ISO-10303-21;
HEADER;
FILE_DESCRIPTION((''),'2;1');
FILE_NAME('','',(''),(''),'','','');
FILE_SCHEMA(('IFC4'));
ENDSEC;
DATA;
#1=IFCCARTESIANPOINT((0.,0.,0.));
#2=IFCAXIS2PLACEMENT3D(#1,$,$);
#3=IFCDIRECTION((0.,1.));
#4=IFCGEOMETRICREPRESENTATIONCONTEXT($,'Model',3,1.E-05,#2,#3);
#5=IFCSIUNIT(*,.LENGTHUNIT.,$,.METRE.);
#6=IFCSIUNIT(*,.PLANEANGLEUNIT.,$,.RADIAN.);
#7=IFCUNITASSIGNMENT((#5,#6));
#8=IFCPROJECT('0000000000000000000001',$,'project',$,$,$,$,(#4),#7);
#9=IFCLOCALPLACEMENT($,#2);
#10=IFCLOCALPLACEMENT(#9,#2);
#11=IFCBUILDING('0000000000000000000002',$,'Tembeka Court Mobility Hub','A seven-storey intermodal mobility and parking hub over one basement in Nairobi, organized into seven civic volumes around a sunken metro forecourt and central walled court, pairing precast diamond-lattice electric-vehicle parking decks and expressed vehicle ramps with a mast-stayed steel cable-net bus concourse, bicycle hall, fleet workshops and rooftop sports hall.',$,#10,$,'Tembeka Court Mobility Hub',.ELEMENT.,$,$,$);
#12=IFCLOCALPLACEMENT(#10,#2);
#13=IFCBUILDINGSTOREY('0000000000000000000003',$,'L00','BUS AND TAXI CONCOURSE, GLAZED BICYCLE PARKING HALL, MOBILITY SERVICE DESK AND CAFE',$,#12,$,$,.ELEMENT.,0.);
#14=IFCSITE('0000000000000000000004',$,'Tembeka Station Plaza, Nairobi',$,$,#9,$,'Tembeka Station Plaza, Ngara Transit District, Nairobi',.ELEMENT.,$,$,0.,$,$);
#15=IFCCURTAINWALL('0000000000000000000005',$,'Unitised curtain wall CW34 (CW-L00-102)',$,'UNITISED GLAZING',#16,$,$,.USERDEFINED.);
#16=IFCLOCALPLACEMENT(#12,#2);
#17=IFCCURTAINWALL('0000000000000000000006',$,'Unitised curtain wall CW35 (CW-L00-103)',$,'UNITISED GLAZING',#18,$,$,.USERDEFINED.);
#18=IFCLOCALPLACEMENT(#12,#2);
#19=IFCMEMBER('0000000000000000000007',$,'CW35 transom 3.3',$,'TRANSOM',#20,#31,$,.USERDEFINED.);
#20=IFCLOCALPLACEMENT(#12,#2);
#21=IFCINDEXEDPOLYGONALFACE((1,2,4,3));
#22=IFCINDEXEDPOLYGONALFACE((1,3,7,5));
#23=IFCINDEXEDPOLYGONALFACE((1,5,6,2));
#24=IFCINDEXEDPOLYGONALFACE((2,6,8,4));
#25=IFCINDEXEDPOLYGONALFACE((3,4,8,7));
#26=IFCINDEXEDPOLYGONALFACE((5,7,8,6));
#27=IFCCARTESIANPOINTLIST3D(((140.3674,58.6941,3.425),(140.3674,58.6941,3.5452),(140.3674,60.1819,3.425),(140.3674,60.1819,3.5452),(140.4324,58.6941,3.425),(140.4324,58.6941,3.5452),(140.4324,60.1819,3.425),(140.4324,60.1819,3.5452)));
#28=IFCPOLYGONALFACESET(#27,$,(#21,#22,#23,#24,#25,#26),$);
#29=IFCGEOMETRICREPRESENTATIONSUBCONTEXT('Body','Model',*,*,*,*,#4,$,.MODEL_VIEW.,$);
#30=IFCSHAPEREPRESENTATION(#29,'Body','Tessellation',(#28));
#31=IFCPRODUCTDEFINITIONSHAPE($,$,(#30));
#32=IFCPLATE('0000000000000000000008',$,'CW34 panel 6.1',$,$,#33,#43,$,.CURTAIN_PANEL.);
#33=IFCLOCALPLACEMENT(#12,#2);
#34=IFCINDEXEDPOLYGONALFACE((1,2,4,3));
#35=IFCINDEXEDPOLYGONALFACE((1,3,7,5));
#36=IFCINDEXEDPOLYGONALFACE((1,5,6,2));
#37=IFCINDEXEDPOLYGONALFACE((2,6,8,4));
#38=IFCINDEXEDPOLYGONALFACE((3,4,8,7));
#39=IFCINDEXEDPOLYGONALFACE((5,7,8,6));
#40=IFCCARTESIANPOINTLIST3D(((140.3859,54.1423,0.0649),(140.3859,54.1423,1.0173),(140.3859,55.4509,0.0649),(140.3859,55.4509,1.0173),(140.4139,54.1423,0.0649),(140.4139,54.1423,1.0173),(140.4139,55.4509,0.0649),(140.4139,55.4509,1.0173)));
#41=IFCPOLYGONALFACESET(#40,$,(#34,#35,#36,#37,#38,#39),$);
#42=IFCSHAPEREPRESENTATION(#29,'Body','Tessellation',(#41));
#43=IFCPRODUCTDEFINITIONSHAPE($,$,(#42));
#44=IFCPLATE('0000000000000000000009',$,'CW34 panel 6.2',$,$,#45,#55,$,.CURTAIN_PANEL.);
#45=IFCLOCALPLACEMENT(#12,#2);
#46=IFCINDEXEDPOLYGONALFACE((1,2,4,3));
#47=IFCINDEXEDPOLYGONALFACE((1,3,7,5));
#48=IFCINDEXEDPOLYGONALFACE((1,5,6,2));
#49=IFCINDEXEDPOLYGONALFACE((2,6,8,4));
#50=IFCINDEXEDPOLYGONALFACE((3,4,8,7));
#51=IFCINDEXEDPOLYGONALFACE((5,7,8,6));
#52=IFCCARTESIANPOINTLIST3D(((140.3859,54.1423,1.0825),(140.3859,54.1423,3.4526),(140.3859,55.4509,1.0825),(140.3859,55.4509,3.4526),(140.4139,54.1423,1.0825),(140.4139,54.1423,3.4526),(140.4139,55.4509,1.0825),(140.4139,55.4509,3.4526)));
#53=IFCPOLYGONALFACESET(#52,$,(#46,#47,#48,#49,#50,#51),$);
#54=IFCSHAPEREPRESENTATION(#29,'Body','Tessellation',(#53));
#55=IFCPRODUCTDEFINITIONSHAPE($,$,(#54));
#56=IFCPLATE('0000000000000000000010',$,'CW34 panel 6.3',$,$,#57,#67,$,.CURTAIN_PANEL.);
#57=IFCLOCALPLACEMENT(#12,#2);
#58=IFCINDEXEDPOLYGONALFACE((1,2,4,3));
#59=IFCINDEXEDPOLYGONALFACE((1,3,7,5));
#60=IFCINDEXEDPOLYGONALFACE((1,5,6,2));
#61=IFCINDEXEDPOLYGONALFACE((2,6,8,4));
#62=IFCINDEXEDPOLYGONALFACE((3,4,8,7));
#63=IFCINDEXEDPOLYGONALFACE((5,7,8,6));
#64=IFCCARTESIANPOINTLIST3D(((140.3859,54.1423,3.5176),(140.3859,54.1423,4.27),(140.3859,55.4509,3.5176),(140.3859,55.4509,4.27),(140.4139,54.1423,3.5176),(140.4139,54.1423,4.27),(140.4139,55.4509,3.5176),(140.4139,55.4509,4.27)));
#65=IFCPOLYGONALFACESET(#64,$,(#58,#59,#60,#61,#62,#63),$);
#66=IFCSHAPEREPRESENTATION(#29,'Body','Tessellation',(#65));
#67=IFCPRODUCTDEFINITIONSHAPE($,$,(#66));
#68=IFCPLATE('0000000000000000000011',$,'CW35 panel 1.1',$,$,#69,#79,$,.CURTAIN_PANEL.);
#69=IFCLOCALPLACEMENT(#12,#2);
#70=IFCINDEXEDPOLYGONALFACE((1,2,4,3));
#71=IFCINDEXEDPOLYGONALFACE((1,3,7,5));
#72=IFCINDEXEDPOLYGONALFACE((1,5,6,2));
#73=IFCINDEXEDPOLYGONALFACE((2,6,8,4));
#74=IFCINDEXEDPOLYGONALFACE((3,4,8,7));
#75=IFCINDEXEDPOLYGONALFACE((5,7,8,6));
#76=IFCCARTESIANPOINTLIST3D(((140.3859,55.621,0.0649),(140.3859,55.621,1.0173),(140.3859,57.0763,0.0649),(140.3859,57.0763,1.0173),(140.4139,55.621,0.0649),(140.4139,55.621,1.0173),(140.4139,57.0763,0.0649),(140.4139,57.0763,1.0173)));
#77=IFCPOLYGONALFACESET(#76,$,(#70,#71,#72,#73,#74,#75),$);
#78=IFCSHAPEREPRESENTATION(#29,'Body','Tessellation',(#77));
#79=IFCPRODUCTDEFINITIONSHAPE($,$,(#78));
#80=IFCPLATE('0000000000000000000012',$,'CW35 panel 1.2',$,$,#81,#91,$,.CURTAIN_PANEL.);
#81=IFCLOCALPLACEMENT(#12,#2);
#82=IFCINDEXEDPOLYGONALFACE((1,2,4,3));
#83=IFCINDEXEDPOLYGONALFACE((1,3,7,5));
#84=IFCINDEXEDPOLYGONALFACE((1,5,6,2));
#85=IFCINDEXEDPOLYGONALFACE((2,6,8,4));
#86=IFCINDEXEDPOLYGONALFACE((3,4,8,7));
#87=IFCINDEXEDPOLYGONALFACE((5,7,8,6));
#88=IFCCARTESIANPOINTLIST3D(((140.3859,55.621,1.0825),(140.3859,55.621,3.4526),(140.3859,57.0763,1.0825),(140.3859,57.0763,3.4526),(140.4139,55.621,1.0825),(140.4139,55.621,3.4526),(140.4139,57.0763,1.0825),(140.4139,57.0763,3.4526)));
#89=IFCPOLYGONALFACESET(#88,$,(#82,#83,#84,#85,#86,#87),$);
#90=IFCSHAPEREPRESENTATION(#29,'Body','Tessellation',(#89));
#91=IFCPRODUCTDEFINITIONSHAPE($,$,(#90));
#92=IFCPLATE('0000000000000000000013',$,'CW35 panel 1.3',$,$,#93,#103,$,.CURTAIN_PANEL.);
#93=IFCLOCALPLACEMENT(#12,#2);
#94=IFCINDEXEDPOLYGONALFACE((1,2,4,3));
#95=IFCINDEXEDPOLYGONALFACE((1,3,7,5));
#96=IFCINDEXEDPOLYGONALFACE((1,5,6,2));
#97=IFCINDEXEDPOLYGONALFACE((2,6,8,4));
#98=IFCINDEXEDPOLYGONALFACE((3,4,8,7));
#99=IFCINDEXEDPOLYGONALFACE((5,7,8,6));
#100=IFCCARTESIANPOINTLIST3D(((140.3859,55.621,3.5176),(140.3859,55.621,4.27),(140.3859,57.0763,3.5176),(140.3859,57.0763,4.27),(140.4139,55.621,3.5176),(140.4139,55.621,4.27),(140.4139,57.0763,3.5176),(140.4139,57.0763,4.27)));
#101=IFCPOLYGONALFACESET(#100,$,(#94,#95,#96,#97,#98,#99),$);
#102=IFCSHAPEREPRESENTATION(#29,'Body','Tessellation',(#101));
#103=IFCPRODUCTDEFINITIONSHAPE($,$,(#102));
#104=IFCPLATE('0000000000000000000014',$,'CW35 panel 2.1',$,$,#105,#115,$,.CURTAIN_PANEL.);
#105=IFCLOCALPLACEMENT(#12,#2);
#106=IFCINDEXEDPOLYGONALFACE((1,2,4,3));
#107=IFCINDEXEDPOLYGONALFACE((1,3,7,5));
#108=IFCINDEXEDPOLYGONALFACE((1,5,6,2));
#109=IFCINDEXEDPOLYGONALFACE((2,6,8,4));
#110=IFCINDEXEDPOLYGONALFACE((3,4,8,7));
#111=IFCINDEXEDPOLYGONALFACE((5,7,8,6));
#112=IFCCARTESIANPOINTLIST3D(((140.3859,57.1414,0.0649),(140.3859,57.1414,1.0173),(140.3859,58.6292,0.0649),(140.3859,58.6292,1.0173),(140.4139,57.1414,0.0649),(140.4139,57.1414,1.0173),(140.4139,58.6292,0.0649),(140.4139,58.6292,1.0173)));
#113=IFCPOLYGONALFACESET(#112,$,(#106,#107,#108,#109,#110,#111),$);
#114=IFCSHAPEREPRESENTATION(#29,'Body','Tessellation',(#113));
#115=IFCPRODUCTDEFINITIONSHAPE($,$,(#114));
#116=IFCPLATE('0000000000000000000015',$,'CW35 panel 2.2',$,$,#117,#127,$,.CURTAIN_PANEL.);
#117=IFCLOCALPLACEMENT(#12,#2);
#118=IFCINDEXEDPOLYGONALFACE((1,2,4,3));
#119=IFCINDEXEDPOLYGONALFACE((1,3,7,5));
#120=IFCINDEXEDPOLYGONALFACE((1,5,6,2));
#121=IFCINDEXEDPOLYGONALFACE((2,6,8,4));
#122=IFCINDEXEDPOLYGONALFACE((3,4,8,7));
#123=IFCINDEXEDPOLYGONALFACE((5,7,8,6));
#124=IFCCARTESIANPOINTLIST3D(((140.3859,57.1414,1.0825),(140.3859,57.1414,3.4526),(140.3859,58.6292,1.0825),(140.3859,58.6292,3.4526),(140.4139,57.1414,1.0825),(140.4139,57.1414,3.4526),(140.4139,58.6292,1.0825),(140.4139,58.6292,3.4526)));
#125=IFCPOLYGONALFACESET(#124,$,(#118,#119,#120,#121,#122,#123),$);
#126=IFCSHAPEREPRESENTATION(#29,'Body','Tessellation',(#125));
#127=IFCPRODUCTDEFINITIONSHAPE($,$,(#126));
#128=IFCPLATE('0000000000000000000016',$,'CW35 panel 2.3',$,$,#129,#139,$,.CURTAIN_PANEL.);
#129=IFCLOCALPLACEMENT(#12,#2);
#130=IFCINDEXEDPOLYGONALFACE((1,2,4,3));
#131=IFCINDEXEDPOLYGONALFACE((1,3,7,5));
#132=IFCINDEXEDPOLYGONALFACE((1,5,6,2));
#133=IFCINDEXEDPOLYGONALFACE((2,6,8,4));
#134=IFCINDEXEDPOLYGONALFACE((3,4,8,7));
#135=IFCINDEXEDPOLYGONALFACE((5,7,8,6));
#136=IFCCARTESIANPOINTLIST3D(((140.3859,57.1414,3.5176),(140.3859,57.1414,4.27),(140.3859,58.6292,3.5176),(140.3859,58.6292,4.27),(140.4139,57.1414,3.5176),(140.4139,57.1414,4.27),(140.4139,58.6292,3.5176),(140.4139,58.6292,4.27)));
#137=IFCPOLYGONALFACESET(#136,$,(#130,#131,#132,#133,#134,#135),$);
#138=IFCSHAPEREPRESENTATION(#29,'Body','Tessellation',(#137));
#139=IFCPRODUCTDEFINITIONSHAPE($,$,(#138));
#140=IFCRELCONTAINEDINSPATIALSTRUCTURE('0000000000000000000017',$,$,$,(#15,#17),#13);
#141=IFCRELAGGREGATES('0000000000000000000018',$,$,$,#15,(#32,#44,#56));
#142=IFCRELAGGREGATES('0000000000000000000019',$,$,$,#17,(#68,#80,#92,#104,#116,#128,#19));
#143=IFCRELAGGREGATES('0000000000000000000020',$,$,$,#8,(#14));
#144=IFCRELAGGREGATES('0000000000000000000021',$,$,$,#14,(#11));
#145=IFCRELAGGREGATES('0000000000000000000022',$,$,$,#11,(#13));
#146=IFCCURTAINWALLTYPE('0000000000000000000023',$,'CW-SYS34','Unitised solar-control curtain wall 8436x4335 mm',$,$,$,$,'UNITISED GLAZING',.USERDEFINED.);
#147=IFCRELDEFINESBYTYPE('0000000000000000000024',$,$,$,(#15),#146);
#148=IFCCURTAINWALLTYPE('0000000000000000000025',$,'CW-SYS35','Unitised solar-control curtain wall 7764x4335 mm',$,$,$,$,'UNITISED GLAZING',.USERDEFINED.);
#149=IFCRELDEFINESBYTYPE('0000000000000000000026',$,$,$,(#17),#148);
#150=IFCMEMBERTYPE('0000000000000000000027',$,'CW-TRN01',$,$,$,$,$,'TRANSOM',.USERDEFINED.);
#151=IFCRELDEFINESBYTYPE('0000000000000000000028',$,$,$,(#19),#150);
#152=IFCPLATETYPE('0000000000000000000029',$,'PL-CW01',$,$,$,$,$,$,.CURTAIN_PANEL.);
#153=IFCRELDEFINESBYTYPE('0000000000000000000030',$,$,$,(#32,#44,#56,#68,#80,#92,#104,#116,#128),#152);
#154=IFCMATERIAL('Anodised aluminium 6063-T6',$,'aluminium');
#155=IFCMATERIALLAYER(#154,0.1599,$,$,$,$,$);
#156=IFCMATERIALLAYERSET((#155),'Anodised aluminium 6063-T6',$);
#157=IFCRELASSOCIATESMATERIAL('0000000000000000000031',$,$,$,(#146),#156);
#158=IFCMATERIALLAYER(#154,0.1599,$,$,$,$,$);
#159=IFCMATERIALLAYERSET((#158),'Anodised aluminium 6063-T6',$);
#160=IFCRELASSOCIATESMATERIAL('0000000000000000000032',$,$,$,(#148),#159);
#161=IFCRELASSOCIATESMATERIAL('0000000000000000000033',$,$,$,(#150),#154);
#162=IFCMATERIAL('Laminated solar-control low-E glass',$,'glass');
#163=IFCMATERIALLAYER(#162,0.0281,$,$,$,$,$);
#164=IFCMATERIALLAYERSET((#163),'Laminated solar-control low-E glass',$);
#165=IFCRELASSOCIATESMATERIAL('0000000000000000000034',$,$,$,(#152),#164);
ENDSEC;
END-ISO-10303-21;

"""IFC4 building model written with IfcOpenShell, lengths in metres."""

from ifc_helpers import new_model, si_unit, direction, frame, origin, origin_2d, place, context, subcontext, project, spatial, rectangle, extrude, material, layer, layer_set, material_profile, profile_set, type_object, element, aggregate, save


model = new_model("IFC4")

# Units and contexts
model_context = context("Model", 3, precision=1e-05, world=origin(), true_north=direction((0.0, 1.0)))
body_context = subcontext(model_context, "Body", "Model", "MODEL_VIEW")
ifc_project = project(units=[si_unit("LENGTHUNIT", "METRE"), si_unit("PLANEANGLEUNIT", "RADIAN")], contexts=[model_context])

# Site, building, storey
site_placement = place(None, origin())
site = spatial("IfcSite", under=ifc_project, at=site_placement, Name="Tembeka Station Plaza, Nairobi", LongName="Tembeka Station Plaza, Ngara Transit District, Nairobi", CompositionType="ELEMENT", RefElevation=0.0)
building_placement = place(site_placement, origin())
building = spatial("IfcBuilding", under=site, at=building_placement, Name="Tembeka Court Mobility Hub", Description="A seven-storey intermodal mobility and parking hub over one basement in Nairobi, organized into seven civic volumes around a sunken metro forecourt and central walled court, pairing precast diamond-lattice electric-vehicle parking decks and expressed vehicle ramps with a mast-stayed steel cable-net bus concourse, bicycle hall, fleet workshops and rooftop sports hall.", LongName="Tembeka Court Mobility Hub", CompositionType="ELEMENT")
storey_placement = place(building_placement, origin())
storey = spatial("IfcBuildingStorey", under=building, at=storey_placement, Name="L00", Description="BUS AND TAXI CONCOURSE, GLAZED BICYCLE PARKING HALL, MOBILITY SERVICE DESK AND CAFE", CompositionType="ELEMENT", Elevation=0.0)

# Curtain wall
ifc_material_1 = material(Name="Anodised aluminium 6063-T6", Category="aluminium")
ifc_layer_1 = layer(ifc_material_1, 0.1599)
ifc_layer_set_1 = layer_set([ifc_layer_1], Name="Anodised aluminium 6063-T6")
curtain_wall_type_1 = type_object("IfcCurtainWallType", Name="CW-SYS34", Description="Unitised solar-control curtain wall 8436x4335 mm", ElementType="UNITISED GLAZING", PredefinedType="USERDEFINED", material=ifc_layer_set_1)
curtain_wall_1_placement = place(storey_placement, origin())
curtain_wall_1 = element("IfcCurtainWall", 1, at=curtain_wall_1_placement, inside=storey, type_object=curtain_wall_type_1, Name="Unitised curtain wall CW34 (CW-L00-102)", ObjectType="UNITISED GLAZING", PredefinedType="USERDEFINED")

# Curtain wall
ifc_layer_2 = layer(ifc_material_1, 0.1599)
ifc_layer_set_2 = layer_set([ifc_layer_2], Name="Anodised aluminium 6063-T6")
curtain_wall_type_2 = type_object("IfcCurtainWallType", Name="CW-SYS35", Description="Unitised solar-control curtain wall 7764x4335 mm", ElementType="UNITISED GLAZING", PredefinedType="USERDEFINED", material=ifc_layer_set_2)
curtain_wall_2_placement = place(storey_placement, origin())
curtain_wall_2 = element("IfcCurtainWall", 2, at=curtain_wall_2_placement, inside=storey, type_object=curtain_wall_type_2, Name="Unitised curtain wall CW35 (CW-L00-103)", ObjectType="UNITISED GLAZING", PredefinedType="USERDEFINED")

# Member
ifc_material_profile_1 = material_profile(ifc_material_1, rectangle(XDim=0.0649, YDim=0.1201, at=origin_2d()), Name="ALU-TRN 65x120")
ifc_profile_set_1 = profile_set([ifc_material_profile_1], Name="Anodised aluminium 6063-T6")
member_type_1 = type_object("IfcMemberType", Name="CW-TRN01", ElementType="TRANSOM", PredefinedType="USERDEFINED", material=ifc_profile_set_1)
member_1_placement = place(storey_placement, frame((140.3999, 58.6941, 3.4851), z_axis=(0.0, 1.0, 0.0), x_axis=(-1.0, 0.0, 0.0)))
member_1 = element("IfcMember", 3, at=member_1_placement, type_object=member_type_1, Name="CW35 transom 3.3", ObjectType="TRANSOM", PredefinedType="USERDEFINED", context=body_context, shape_type="SweptSolid", body=[
    extrude(rectangle(XDim=0.0649, YDim=0.1201, at=origin_2d()), origin(), (0.0, 0.0, 1.0), 1.4878),
])

# Plates
ifc_material_2 = material(Name="Laminated solar-control low-E glass", Category="glass")
ifc_layer_3 = layer(ifc_material_2, 0.0281)
ifc_layer_set_3 = layer_set([ifc_layer_3], Name="Laminated solar-control low-E glass")
plate_type = type_object("IfcPlateType", Name="PL-CW01", PredefinedType="CURTAIN_PANEL", material=ifc_layer_set_3)
plate_1_placement = place(storey_placement, frame((140.3999, 54.7966, 0.0649), z_axis=(0.0, 0.0, 1.0), x_axis=(0.0, 1.0, 0.0)))
plate_1 = element("IfcPlate", 4, at=plate_1_placement, type_object=plate_type, Name="CW34 panel 6.1", PredefinedType="CURTAIN_PANEL", context=body_context, shape_type="SweptSolid", body=[
    extrude(rectangle(XDim=1.3086, YDim=0.0281, at=origin_2d()), origin(), (0.0, 0.0, 1.0), 0.9524),
])
plate_2_placement = place(storey_placement, frame((140.3999, 54.7966, 1.0825), z_axis=(0.0, 0.0, 1.0), x_axis=(0.0, 1.0, 0.0)))
plate_2 = element("IfcPlate", 5, at=plate_2_placement, type_object=plate_type, Name="CW34 panel 6.2", PredefinedType="CURTAIN_PANEL", context=body_context, shape_type="SweptSolid", body=[
    extrude(rectangle(XDim=1.3086, YDim=0.0281, at=origin_2d()), origin(), (0.0, 0.0, 1.0), 2.3701),
])
plate_3_placement = place(storey_placement, frame((140.3999, 54.7966, 3.5176), z_axis=(0.0, 0.0, 1.0), x_axis=(0.0, 1.0, 0.0)))
plate_3 = element("IfcPlate", 6, at=plate_3_placement, type_object=plate_type, Name="CW34 panel 6.3", PredefinedType="CURTAIN_PANEL", context=body_context, shape_type="SweptSolid", body=[
    extrude(rectangle(XDim=1.3086, YDim=0.0281, at=origin_2d()), origin(), (0.0, 0.0, 1.0), 0.7524),
])
aggregate(curtain_wall_1, [plate_1, plate_2, plate_3])
plate_4_placement = place(storey_placement, frame((140.3999, 56.3486, 0.0649), z_axis=(0.0, 0.0, 1.0), x_axis=(0.0, 1.0, 0.0)))
plate_4 = element("IfcPlate", 7, at=plate_4_placement, type_object=plate_type, Name="CW35 panel 1.1", PredefinedType="CURTAIN_PANEL", context=body_context, shape_type="SweptSolid", body=[
    extrude(rectangle(XDim=1.4553, YDim=0.0281, at=origin_2d()), origin(), (0.0, 0.0, 1.0), 0.9524),
])
plate_5_placement = place(storey_placement, frame((140.3999, 56.3486, 1.0825), z_axis=(0.0, 0.0, 1.0), x_axis=(0.0, 1.0, 0.0)))
plate_5 = element("IfcPlate", 8, at=plate_5_placement, type_object=plate_type, Name="CW35 panel 1.2", PredefinedType="CURTAIN_PANEL", context=body_context, shape_type="SweptSolid", body=[
    extrude(rectangle(XDim=1.4553, YDim=0.0281, at=origin_2d()), origin(), (0.0, 0.0, 1.0), 2.3701),
])
plate_6_placement = place(storey_placement, frame((140.3999, 56.3486, 3.5176), z_axis=(0.0, 0.0, 1.0), x_axis=(0.0, 1.0, 0.0)))
plate_6 = element("IfcPlate", 9, at=plate_6_placement, type_object=plate_type, Name="CW35 panel 1.3", PredefinedType="CURTAIN_PANEL", context=body_context, shape_type="SweptSolid", body=[
    extrude(rectangle(XDim=1.4553, YDim=0.0281, at=origin_2d()), origin(), (0.0, 0.0, 1.0), 0.7524),
])
plate_7_placement = place(storey_placement, frame((140.3999, 57.8853, 0.0649), z_axis=(0.0, 0.0, 1.0), x_axis=(0.0, 1.0, 0.0)))
plate_7 = element("IfcPlate", 10, at=plate_7_placement, type_object=plate_type, Name="CW35 panel 2.1", PredefinedType="CURTAIN_PANEL", context=body_context, shape_type="SweptSolid", body=[
    extrude(rectangle(XDim=1.4878, YDim=0.0281, at=origin_2d()), origin(), (0.0, 0.0, 1.0), 0.9524),
])
plate_8_placement = place(storey_placement, frame((140.3999, 57.8853, 1.0825), z_axis=(0.0, 0.0, 1.0), x_axis=(0.0, 1.0, 0.0)))
plate_8 = element("IfcPlate", 11, at=plate_8_placement, type_object=plate_type, Name="CW35 panel 2.2", PredefinedType="CURTAIN_PANEL", context=body_context, shape_type="SweptSolid", body=[
    extrude(rectangle(XDim=1.4878, YDim=0.0281, at=origin_2d()), origin(), (0.0, 0.0, 1.0), 2.3701),
])
plate_9_placement = place(storey_placement, frame((140.3999, 57.8853, 3.5176), z_axis=(0.0, 0.0, 1.0), x_axis=(0.0, 1.0, 0.0)))
plate_9 = element("IfcPlate", 12, at=plate_9_placement, type_object=plate_type, Name="CW35 panel 2.3", PredefinedType="CURTAIN_PANEL", context=body_context, shape_type="SweptSolid", body=[
    extrude(rectangle(XDim=1.4878, YDim=0.0281, at=origin_2d()), origin(), (0.0, 0.0, 1.0), 0.7524),
])
aggregate(curtain_wall_2, [plate_4, plate_5, plate_6, plate_7, plate_8, plate_9, member_1])

save(model, "model.ifc")
